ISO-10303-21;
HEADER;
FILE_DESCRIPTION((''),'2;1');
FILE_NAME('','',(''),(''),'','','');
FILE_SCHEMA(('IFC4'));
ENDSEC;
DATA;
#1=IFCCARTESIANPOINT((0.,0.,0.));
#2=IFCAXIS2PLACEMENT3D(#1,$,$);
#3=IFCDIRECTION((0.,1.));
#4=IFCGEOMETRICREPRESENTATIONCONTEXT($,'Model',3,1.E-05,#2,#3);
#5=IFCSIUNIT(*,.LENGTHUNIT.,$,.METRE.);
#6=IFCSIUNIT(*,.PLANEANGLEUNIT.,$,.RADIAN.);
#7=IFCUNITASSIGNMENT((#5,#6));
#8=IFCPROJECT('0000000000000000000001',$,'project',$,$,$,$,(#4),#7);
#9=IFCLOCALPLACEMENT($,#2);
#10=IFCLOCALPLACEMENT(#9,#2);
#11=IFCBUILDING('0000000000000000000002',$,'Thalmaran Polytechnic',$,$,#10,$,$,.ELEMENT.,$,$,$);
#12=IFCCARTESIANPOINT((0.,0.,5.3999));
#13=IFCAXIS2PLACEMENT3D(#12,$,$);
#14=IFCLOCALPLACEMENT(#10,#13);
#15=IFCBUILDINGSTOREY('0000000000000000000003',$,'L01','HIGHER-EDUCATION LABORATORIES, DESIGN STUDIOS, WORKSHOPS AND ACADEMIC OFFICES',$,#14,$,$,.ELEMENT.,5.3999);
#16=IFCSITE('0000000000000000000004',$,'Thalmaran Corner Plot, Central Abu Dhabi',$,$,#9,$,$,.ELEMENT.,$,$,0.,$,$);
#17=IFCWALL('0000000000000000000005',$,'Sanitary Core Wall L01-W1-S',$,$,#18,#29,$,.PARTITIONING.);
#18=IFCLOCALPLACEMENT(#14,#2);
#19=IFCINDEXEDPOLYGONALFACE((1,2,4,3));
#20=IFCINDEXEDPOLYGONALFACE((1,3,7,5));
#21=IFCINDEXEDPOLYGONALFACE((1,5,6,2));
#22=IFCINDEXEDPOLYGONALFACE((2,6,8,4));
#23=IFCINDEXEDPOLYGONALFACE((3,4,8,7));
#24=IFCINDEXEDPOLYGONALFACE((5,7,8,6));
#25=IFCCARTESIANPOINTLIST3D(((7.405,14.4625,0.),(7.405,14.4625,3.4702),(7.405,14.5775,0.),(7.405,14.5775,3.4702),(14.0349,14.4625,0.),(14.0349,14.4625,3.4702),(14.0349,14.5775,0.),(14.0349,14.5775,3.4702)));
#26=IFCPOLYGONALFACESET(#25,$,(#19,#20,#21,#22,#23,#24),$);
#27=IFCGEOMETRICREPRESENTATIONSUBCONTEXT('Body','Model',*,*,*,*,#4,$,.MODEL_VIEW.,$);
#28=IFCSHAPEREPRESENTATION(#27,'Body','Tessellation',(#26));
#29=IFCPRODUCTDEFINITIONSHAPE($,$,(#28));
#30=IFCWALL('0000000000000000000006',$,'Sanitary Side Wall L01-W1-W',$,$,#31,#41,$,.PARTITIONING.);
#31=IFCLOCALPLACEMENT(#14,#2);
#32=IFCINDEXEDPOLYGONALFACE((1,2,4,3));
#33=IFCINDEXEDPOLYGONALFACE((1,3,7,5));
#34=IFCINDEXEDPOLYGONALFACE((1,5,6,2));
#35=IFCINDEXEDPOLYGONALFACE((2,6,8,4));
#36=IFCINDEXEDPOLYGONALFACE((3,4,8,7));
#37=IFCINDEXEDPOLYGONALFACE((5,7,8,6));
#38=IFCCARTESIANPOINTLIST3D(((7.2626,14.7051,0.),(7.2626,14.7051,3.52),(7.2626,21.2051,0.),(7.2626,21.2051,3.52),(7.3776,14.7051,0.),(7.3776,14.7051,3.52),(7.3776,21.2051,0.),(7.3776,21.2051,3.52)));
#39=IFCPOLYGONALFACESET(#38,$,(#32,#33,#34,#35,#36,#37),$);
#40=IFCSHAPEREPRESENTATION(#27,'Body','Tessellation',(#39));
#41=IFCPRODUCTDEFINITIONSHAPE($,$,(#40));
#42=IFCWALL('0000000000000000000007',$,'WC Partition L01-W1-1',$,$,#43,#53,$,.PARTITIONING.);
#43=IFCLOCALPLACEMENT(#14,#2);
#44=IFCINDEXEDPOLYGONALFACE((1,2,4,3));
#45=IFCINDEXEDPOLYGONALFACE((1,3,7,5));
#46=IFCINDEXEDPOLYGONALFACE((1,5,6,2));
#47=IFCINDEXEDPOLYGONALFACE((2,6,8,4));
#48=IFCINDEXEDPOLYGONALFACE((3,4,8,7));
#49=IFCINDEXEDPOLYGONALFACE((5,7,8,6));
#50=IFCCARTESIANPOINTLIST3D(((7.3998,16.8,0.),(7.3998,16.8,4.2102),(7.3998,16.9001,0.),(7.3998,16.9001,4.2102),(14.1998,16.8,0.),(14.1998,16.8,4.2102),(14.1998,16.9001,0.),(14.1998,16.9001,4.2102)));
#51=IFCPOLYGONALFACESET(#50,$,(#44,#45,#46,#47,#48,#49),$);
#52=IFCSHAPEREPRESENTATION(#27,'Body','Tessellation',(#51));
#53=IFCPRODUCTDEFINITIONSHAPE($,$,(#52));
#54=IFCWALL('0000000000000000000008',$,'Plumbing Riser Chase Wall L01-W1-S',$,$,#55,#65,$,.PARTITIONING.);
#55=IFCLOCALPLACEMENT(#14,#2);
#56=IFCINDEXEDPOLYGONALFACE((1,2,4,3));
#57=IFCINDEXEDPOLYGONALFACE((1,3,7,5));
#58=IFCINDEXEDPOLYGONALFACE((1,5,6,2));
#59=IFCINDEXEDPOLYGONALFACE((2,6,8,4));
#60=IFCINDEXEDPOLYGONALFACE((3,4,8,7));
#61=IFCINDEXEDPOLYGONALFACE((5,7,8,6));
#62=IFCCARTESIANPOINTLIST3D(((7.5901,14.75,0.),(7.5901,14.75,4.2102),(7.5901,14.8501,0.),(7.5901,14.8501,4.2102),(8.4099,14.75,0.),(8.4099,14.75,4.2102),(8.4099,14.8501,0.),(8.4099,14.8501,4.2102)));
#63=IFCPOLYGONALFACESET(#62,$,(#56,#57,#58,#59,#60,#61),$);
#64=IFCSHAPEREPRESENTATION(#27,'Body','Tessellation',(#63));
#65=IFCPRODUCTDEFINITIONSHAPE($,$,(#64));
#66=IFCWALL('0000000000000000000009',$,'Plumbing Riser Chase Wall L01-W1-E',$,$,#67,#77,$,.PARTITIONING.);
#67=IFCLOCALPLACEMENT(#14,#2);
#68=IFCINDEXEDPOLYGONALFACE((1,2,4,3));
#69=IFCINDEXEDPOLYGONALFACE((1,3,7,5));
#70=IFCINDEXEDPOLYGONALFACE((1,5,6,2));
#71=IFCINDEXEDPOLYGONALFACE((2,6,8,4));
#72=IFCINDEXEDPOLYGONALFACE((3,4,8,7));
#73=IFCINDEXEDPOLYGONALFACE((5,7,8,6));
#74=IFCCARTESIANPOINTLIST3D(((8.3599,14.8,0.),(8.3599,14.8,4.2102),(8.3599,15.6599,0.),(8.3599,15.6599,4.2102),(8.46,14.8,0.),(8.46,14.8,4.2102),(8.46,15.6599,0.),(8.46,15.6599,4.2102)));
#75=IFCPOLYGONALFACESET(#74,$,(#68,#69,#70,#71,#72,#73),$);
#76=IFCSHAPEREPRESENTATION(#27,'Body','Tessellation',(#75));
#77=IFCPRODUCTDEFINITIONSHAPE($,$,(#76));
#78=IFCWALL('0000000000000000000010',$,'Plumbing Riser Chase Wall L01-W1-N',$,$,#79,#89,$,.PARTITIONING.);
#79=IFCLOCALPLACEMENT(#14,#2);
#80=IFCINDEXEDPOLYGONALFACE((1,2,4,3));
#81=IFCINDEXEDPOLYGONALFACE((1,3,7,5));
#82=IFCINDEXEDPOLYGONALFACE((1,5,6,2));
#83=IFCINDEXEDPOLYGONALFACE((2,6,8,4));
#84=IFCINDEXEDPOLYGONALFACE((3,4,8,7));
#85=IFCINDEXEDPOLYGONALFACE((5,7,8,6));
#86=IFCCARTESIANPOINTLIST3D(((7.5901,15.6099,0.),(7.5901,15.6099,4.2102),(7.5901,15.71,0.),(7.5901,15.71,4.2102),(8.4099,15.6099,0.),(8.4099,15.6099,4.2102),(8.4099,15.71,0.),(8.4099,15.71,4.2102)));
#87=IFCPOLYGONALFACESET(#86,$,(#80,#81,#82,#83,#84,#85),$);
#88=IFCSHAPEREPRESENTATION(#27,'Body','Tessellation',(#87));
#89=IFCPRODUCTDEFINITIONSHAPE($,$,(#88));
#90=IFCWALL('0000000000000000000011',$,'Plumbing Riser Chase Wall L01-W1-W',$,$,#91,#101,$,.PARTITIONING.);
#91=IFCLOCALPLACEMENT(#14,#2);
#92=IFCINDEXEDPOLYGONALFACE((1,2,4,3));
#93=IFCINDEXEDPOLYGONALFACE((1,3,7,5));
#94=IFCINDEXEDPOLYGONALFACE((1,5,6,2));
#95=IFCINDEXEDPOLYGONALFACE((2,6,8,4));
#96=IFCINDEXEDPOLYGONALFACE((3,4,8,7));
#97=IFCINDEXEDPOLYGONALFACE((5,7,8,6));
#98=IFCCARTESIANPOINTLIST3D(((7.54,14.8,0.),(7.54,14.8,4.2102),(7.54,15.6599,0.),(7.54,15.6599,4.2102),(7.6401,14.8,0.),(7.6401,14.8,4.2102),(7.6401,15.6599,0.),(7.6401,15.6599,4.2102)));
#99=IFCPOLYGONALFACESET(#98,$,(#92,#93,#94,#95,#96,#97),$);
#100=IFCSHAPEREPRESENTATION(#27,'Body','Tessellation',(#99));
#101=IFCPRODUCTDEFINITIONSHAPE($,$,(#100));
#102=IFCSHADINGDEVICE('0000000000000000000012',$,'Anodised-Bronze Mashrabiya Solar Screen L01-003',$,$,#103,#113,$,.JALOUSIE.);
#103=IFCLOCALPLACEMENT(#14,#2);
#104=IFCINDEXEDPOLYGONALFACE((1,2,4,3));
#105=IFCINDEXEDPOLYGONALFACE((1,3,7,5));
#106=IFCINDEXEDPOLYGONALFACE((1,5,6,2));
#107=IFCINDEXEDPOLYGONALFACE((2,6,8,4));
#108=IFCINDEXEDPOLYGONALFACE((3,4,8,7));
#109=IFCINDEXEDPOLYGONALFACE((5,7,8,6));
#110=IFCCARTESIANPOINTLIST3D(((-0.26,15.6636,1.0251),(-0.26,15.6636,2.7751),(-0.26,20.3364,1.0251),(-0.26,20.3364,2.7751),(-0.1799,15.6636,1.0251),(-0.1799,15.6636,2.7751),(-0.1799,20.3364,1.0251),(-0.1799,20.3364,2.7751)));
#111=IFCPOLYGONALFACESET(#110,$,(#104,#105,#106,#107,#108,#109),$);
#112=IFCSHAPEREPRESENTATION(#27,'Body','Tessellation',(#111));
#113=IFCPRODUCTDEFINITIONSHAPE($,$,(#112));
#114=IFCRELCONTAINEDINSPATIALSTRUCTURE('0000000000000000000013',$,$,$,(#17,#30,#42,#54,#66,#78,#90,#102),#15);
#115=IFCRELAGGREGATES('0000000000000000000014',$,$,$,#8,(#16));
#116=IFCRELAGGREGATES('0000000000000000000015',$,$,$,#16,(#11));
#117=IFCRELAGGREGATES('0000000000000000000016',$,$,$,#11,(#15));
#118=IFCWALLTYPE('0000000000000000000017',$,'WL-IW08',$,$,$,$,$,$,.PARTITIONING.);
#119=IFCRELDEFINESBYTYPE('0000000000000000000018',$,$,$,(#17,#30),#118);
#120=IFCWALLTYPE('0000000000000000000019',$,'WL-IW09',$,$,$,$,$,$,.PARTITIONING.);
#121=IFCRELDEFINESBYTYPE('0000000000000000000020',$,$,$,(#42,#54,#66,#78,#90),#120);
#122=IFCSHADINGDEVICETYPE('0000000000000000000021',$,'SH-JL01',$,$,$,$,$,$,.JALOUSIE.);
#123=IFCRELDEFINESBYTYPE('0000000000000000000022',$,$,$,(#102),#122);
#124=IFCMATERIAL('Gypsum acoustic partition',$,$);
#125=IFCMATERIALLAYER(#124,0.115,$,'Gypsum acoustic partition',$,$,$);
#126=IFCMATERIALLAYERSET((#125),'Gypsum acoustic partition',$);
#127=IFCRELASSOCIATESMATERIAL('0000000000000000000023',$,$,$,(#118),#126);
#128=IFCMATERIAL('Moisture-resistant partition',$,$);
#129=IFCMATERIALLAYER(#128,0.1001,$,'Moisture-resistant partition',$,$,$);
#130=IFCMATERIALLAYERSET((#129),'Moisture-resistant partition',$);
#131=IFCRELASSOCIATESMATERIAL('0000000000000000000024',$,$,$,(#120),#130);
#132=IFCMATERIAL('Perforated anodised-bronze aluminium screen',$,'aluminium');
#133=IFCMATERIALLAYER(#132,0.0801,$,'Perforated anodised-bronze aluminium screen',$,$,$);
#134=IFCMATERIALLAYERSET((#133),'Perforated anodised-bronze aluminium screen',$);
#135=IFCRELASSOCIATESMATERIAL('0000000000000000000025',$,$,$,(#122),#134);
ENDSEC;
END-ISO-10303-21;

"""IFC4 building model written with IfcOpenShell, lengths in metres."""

from ifc_helpers import new_model, si_unit, direction, frame, frame_2d, origin, origin_2d, place, context, subcontext, project, spatial, rectangle, extrude, material, layer, layer_set, type_object, element, save


model = new_model("IFC4")

# Units and contexts
model_context = context("Model", 3, precision=1e-05, world=origin(), true_north=direction((0.0, 1.0)))
body_context = subcontext(model_context, "Body", "Model", "MODEL_VIEW")
ifc_project = project(units=[si_unit("LENGTHUNIT", "METRE"), si_unit("PLANEANGLEUNIT", "RADIAN")], contexts=[model_context])

# Site, building, storey
site_placement = place(None, origin())
site = spatial("IfcSite", under=ifc_project, at=site_placement, Name="Thalmaran Corner Plot, Central Abu Dhabi", CompositionType="ELEMENT", RefElevation=0.0)
building_placement = place(site_placement, origin())
building = spatial("IfcBuilding", under=site, at=building_placement, Name="Thalmaran Polytechnic", CompositionType="ELEMENT")
storey_placement = place(building_placement, frame((0.0, 0.0, 5.3999)))
storey = spatial("IfcBuildingStorey", under=building, at=storey_placement, Name="L01", Description="HIGHER-EDUCATION LABORATORIES, DESIGN STUDIOS, WORKSHOPS AND ACADEMIC OFFICES", CompositionType="ELEMENT", Elevation=5.3999)

# Walls
ifc_material_1 = material(Name="Gypsum acoustic partition")
ifc_layer_1 = layer(ifc_material_1, 0.115, Name="Gypsum acoustic partition")
ifc_layer_set_1 = layer_set([ifc_layer_1], Name="Gypsum acoustic partition")
wall_type_1 = type_object("IfcWallType", Name="WL-IW08", PredefinedType="PARTITIONING", material=ifc_layer_set_1)
wall_1_placement = place(storey_placement, frame((7.405, 14.52, 0.0), z_axis=(0.0, 0.0, 1.0), x_axis=(1.0, 0.0, 0.0)))
element("IfcWall", 1, at=wall_1_placement, inside=storey, type_object=wall_type_1, Name="Sanitary Core Wall L01-W1-S", PredefinedType="PARTITIONING", context=body_context, shape_type="SweptSolid", body=[
    extrude(rectangle(XDim=6.6299, YDim=0.115, at=frame_2d((3.3149, 0.0))), origin(), (0.0, 0.0, 1.0), 3.4702),
])
wall_2_placement = place(storey_placement, frame((7.3201, 14.7051, 0.0), z_axis=(0.0, 0.0, 1.0), x_axis=(0.0, 1.0, 0.0)))
element("IfcWall", 2, at=wall_2_placement, inside=storey, type_object=wall_type_1, Name="Sanitary Side Wall L01-W1-W", PredefinedType="PARTITIONING", context=body_context, shape_type="SweptSolid", body=[
    extrude(rectangle(XDim=6.5, YDim=0.115, at=frame_2d((3.25, 0.0))), origin(), (0.0, 0.0, 1.0), 3.52),
])
ifc_material_2 = material(Name="Moisture-resistant partition")
ifc_layer_2 = layer(ifc_material_2, 0.1001, Name="Moisture-resistant partition")
ifc_layer_set_2 = layer_set([ifc_layer_2], Name="Moisture-resistant partition")
wall_type_2 = type_object("IfcWallType", Name="WL-IW09", PredefinedType="PARTITIONING", material=ifc_layer_set_2)
wall_3_placement = place(storey_placement, frame((7.3999, 16.8501, 0.0), z_axis=(0.0, 0.0, 1.0), x_axis=(1.0, 0.0, 0.0)))
element("IfcWall", 3, at=wall_3_placement, inside=storey, type_object=wall_type_2, Name="WC Partition L01-W1-1", PredefinedType="PARTITIONING", context=body_context, shape_type="SweptSolid", body=[
    extrude(rectangle(XDim=6.8, YDim=0.1001, at=frame_2d((3.3999, 0.0))), origin(), (0.0, 0.0, 1.0), 4.2102),
])
wall_4_placement = place(storey_placement, frame((7.5901, 14.8, 0.0), z_axis=(0.0, 0.0, 1.0), x_axis=(1.0, 0.0, 0.0)))
element("IfcWall", 4, at=wall_4_placement, inside=storey, type_object=wall_type_2, Name="Plumbing Riser Chase Wall L01-W1-S", PredefinedType="PARTITIONING", context=body_context, shape_type="SweptSolid", body=[
    extrude(rectangle(XDim=0.8198, YDim=0.1001, at=frame_2d((0.4099, 0.0))), origin(), (0.0, 0.0, 1.0), 4.2102),
])
wall_5_placement = place(storey_placement, frame((8.4099, 14.8, 0.0), z_axis=(0.0, 0.0, 1.0), x_axis=(0.0, 1.0, 0.0)))
element("IfcWall", 5, at=wall_5_placement, inside=storey, type_object=wall_type_2, Name="Plumbing Riser Chase Wall L01-W1-E", PredefinedType="PARTITIONING", context=body_context, shape_type="SweptSolid", body=[
    extrude(rectangle(XDim=0.8599, YDim=0.1001, at=frame_2d((0.4299, 0.0))), origin(), (0.0, 0.0, 1.0), 4.2102),
])
wall_6_placement = place(storey_placement, frame((8.4099, 15.6599, 0.0), z_axis=(0.0, 0.0, 1.0), x_axis=(-1.0, 0.0, 0.0)))
element("IfcWall", 6, at=wall_6_placement, inside=storey, type_object=wall_type_2, Name="Plumbing Riser Chase Wall L01-W1-N", PredefinedType="PARTITIONING", context=body_context, shape_type="SweptSolid", body=[
    extrude(rectangle(XDim=0.8198, YDim=0.1001, at=frame_2d((0.4099, 0.0))), origin(), (0.0, 0.0, 1.0), 4.2102),
])
wall_7_placement = place(storey_placement, frame((7.5901, 15.6599, 0.0), z_axis=(0.0, 0.0, 1.0), x_axis=(0.0, -1.0, 0.0)))
element("IfcWall", 7, at=wall_7_placement, inside=storey, type_object=wall_type_2, Name="Plumbing Riser Chase Wall L01-W1-W", PredefinedType="PARTITIONING", context=body_context, shape_type="SweptSolid", body=[
    extrude(rectangle(XDim=0.8599, YDim=0.1001, at=frame_2d((0.4299, 0.0))), origin(), (0.0, 0.0, 1.0), 4.2102),
])

# Shading device
ifc_material_3 = material(Name="Perforated anodised-bronze aluminium screen", Category="aluminium")
ifc_layer_3 = layer(ifc_material_3, 0.0801, Name="Perforated anodised-bronze aluminium screen")
ifc_layer_set_3 = layer_set([ifc_layer_3], Name="Perforated anodised-bronze aluminium screen")
shading_device_type = type_object("IfcShadingDeviceType", Name="SH-JL01", PredefinedType="JALOUSIE", material=ifc_layer_set_3)
shading_device_placement = place(storey_placement, frame((-0.22, 18.0, 1.0251), z_axis=(0.0, 0.0, 1.0), x_axis=(0.0, 1.0, 0.0)))
element("IfcShadingDevice", 8, at=shading_device_placement, inside=storey, type_object=shading_device_type, Name="Anodised-Bronze Mashrabiya Solar Screen L01-003", PredefinedType="JALOUSIE", context=body_context, shape_type="SweptSolid", body=[
    extrude(rectangle(XDim=4.6729, YDim=0.0801, at=origin_2d()), origin(), (0.0, 0.0, 1.0), 1.75),
])

save(model, "model.ifc")
